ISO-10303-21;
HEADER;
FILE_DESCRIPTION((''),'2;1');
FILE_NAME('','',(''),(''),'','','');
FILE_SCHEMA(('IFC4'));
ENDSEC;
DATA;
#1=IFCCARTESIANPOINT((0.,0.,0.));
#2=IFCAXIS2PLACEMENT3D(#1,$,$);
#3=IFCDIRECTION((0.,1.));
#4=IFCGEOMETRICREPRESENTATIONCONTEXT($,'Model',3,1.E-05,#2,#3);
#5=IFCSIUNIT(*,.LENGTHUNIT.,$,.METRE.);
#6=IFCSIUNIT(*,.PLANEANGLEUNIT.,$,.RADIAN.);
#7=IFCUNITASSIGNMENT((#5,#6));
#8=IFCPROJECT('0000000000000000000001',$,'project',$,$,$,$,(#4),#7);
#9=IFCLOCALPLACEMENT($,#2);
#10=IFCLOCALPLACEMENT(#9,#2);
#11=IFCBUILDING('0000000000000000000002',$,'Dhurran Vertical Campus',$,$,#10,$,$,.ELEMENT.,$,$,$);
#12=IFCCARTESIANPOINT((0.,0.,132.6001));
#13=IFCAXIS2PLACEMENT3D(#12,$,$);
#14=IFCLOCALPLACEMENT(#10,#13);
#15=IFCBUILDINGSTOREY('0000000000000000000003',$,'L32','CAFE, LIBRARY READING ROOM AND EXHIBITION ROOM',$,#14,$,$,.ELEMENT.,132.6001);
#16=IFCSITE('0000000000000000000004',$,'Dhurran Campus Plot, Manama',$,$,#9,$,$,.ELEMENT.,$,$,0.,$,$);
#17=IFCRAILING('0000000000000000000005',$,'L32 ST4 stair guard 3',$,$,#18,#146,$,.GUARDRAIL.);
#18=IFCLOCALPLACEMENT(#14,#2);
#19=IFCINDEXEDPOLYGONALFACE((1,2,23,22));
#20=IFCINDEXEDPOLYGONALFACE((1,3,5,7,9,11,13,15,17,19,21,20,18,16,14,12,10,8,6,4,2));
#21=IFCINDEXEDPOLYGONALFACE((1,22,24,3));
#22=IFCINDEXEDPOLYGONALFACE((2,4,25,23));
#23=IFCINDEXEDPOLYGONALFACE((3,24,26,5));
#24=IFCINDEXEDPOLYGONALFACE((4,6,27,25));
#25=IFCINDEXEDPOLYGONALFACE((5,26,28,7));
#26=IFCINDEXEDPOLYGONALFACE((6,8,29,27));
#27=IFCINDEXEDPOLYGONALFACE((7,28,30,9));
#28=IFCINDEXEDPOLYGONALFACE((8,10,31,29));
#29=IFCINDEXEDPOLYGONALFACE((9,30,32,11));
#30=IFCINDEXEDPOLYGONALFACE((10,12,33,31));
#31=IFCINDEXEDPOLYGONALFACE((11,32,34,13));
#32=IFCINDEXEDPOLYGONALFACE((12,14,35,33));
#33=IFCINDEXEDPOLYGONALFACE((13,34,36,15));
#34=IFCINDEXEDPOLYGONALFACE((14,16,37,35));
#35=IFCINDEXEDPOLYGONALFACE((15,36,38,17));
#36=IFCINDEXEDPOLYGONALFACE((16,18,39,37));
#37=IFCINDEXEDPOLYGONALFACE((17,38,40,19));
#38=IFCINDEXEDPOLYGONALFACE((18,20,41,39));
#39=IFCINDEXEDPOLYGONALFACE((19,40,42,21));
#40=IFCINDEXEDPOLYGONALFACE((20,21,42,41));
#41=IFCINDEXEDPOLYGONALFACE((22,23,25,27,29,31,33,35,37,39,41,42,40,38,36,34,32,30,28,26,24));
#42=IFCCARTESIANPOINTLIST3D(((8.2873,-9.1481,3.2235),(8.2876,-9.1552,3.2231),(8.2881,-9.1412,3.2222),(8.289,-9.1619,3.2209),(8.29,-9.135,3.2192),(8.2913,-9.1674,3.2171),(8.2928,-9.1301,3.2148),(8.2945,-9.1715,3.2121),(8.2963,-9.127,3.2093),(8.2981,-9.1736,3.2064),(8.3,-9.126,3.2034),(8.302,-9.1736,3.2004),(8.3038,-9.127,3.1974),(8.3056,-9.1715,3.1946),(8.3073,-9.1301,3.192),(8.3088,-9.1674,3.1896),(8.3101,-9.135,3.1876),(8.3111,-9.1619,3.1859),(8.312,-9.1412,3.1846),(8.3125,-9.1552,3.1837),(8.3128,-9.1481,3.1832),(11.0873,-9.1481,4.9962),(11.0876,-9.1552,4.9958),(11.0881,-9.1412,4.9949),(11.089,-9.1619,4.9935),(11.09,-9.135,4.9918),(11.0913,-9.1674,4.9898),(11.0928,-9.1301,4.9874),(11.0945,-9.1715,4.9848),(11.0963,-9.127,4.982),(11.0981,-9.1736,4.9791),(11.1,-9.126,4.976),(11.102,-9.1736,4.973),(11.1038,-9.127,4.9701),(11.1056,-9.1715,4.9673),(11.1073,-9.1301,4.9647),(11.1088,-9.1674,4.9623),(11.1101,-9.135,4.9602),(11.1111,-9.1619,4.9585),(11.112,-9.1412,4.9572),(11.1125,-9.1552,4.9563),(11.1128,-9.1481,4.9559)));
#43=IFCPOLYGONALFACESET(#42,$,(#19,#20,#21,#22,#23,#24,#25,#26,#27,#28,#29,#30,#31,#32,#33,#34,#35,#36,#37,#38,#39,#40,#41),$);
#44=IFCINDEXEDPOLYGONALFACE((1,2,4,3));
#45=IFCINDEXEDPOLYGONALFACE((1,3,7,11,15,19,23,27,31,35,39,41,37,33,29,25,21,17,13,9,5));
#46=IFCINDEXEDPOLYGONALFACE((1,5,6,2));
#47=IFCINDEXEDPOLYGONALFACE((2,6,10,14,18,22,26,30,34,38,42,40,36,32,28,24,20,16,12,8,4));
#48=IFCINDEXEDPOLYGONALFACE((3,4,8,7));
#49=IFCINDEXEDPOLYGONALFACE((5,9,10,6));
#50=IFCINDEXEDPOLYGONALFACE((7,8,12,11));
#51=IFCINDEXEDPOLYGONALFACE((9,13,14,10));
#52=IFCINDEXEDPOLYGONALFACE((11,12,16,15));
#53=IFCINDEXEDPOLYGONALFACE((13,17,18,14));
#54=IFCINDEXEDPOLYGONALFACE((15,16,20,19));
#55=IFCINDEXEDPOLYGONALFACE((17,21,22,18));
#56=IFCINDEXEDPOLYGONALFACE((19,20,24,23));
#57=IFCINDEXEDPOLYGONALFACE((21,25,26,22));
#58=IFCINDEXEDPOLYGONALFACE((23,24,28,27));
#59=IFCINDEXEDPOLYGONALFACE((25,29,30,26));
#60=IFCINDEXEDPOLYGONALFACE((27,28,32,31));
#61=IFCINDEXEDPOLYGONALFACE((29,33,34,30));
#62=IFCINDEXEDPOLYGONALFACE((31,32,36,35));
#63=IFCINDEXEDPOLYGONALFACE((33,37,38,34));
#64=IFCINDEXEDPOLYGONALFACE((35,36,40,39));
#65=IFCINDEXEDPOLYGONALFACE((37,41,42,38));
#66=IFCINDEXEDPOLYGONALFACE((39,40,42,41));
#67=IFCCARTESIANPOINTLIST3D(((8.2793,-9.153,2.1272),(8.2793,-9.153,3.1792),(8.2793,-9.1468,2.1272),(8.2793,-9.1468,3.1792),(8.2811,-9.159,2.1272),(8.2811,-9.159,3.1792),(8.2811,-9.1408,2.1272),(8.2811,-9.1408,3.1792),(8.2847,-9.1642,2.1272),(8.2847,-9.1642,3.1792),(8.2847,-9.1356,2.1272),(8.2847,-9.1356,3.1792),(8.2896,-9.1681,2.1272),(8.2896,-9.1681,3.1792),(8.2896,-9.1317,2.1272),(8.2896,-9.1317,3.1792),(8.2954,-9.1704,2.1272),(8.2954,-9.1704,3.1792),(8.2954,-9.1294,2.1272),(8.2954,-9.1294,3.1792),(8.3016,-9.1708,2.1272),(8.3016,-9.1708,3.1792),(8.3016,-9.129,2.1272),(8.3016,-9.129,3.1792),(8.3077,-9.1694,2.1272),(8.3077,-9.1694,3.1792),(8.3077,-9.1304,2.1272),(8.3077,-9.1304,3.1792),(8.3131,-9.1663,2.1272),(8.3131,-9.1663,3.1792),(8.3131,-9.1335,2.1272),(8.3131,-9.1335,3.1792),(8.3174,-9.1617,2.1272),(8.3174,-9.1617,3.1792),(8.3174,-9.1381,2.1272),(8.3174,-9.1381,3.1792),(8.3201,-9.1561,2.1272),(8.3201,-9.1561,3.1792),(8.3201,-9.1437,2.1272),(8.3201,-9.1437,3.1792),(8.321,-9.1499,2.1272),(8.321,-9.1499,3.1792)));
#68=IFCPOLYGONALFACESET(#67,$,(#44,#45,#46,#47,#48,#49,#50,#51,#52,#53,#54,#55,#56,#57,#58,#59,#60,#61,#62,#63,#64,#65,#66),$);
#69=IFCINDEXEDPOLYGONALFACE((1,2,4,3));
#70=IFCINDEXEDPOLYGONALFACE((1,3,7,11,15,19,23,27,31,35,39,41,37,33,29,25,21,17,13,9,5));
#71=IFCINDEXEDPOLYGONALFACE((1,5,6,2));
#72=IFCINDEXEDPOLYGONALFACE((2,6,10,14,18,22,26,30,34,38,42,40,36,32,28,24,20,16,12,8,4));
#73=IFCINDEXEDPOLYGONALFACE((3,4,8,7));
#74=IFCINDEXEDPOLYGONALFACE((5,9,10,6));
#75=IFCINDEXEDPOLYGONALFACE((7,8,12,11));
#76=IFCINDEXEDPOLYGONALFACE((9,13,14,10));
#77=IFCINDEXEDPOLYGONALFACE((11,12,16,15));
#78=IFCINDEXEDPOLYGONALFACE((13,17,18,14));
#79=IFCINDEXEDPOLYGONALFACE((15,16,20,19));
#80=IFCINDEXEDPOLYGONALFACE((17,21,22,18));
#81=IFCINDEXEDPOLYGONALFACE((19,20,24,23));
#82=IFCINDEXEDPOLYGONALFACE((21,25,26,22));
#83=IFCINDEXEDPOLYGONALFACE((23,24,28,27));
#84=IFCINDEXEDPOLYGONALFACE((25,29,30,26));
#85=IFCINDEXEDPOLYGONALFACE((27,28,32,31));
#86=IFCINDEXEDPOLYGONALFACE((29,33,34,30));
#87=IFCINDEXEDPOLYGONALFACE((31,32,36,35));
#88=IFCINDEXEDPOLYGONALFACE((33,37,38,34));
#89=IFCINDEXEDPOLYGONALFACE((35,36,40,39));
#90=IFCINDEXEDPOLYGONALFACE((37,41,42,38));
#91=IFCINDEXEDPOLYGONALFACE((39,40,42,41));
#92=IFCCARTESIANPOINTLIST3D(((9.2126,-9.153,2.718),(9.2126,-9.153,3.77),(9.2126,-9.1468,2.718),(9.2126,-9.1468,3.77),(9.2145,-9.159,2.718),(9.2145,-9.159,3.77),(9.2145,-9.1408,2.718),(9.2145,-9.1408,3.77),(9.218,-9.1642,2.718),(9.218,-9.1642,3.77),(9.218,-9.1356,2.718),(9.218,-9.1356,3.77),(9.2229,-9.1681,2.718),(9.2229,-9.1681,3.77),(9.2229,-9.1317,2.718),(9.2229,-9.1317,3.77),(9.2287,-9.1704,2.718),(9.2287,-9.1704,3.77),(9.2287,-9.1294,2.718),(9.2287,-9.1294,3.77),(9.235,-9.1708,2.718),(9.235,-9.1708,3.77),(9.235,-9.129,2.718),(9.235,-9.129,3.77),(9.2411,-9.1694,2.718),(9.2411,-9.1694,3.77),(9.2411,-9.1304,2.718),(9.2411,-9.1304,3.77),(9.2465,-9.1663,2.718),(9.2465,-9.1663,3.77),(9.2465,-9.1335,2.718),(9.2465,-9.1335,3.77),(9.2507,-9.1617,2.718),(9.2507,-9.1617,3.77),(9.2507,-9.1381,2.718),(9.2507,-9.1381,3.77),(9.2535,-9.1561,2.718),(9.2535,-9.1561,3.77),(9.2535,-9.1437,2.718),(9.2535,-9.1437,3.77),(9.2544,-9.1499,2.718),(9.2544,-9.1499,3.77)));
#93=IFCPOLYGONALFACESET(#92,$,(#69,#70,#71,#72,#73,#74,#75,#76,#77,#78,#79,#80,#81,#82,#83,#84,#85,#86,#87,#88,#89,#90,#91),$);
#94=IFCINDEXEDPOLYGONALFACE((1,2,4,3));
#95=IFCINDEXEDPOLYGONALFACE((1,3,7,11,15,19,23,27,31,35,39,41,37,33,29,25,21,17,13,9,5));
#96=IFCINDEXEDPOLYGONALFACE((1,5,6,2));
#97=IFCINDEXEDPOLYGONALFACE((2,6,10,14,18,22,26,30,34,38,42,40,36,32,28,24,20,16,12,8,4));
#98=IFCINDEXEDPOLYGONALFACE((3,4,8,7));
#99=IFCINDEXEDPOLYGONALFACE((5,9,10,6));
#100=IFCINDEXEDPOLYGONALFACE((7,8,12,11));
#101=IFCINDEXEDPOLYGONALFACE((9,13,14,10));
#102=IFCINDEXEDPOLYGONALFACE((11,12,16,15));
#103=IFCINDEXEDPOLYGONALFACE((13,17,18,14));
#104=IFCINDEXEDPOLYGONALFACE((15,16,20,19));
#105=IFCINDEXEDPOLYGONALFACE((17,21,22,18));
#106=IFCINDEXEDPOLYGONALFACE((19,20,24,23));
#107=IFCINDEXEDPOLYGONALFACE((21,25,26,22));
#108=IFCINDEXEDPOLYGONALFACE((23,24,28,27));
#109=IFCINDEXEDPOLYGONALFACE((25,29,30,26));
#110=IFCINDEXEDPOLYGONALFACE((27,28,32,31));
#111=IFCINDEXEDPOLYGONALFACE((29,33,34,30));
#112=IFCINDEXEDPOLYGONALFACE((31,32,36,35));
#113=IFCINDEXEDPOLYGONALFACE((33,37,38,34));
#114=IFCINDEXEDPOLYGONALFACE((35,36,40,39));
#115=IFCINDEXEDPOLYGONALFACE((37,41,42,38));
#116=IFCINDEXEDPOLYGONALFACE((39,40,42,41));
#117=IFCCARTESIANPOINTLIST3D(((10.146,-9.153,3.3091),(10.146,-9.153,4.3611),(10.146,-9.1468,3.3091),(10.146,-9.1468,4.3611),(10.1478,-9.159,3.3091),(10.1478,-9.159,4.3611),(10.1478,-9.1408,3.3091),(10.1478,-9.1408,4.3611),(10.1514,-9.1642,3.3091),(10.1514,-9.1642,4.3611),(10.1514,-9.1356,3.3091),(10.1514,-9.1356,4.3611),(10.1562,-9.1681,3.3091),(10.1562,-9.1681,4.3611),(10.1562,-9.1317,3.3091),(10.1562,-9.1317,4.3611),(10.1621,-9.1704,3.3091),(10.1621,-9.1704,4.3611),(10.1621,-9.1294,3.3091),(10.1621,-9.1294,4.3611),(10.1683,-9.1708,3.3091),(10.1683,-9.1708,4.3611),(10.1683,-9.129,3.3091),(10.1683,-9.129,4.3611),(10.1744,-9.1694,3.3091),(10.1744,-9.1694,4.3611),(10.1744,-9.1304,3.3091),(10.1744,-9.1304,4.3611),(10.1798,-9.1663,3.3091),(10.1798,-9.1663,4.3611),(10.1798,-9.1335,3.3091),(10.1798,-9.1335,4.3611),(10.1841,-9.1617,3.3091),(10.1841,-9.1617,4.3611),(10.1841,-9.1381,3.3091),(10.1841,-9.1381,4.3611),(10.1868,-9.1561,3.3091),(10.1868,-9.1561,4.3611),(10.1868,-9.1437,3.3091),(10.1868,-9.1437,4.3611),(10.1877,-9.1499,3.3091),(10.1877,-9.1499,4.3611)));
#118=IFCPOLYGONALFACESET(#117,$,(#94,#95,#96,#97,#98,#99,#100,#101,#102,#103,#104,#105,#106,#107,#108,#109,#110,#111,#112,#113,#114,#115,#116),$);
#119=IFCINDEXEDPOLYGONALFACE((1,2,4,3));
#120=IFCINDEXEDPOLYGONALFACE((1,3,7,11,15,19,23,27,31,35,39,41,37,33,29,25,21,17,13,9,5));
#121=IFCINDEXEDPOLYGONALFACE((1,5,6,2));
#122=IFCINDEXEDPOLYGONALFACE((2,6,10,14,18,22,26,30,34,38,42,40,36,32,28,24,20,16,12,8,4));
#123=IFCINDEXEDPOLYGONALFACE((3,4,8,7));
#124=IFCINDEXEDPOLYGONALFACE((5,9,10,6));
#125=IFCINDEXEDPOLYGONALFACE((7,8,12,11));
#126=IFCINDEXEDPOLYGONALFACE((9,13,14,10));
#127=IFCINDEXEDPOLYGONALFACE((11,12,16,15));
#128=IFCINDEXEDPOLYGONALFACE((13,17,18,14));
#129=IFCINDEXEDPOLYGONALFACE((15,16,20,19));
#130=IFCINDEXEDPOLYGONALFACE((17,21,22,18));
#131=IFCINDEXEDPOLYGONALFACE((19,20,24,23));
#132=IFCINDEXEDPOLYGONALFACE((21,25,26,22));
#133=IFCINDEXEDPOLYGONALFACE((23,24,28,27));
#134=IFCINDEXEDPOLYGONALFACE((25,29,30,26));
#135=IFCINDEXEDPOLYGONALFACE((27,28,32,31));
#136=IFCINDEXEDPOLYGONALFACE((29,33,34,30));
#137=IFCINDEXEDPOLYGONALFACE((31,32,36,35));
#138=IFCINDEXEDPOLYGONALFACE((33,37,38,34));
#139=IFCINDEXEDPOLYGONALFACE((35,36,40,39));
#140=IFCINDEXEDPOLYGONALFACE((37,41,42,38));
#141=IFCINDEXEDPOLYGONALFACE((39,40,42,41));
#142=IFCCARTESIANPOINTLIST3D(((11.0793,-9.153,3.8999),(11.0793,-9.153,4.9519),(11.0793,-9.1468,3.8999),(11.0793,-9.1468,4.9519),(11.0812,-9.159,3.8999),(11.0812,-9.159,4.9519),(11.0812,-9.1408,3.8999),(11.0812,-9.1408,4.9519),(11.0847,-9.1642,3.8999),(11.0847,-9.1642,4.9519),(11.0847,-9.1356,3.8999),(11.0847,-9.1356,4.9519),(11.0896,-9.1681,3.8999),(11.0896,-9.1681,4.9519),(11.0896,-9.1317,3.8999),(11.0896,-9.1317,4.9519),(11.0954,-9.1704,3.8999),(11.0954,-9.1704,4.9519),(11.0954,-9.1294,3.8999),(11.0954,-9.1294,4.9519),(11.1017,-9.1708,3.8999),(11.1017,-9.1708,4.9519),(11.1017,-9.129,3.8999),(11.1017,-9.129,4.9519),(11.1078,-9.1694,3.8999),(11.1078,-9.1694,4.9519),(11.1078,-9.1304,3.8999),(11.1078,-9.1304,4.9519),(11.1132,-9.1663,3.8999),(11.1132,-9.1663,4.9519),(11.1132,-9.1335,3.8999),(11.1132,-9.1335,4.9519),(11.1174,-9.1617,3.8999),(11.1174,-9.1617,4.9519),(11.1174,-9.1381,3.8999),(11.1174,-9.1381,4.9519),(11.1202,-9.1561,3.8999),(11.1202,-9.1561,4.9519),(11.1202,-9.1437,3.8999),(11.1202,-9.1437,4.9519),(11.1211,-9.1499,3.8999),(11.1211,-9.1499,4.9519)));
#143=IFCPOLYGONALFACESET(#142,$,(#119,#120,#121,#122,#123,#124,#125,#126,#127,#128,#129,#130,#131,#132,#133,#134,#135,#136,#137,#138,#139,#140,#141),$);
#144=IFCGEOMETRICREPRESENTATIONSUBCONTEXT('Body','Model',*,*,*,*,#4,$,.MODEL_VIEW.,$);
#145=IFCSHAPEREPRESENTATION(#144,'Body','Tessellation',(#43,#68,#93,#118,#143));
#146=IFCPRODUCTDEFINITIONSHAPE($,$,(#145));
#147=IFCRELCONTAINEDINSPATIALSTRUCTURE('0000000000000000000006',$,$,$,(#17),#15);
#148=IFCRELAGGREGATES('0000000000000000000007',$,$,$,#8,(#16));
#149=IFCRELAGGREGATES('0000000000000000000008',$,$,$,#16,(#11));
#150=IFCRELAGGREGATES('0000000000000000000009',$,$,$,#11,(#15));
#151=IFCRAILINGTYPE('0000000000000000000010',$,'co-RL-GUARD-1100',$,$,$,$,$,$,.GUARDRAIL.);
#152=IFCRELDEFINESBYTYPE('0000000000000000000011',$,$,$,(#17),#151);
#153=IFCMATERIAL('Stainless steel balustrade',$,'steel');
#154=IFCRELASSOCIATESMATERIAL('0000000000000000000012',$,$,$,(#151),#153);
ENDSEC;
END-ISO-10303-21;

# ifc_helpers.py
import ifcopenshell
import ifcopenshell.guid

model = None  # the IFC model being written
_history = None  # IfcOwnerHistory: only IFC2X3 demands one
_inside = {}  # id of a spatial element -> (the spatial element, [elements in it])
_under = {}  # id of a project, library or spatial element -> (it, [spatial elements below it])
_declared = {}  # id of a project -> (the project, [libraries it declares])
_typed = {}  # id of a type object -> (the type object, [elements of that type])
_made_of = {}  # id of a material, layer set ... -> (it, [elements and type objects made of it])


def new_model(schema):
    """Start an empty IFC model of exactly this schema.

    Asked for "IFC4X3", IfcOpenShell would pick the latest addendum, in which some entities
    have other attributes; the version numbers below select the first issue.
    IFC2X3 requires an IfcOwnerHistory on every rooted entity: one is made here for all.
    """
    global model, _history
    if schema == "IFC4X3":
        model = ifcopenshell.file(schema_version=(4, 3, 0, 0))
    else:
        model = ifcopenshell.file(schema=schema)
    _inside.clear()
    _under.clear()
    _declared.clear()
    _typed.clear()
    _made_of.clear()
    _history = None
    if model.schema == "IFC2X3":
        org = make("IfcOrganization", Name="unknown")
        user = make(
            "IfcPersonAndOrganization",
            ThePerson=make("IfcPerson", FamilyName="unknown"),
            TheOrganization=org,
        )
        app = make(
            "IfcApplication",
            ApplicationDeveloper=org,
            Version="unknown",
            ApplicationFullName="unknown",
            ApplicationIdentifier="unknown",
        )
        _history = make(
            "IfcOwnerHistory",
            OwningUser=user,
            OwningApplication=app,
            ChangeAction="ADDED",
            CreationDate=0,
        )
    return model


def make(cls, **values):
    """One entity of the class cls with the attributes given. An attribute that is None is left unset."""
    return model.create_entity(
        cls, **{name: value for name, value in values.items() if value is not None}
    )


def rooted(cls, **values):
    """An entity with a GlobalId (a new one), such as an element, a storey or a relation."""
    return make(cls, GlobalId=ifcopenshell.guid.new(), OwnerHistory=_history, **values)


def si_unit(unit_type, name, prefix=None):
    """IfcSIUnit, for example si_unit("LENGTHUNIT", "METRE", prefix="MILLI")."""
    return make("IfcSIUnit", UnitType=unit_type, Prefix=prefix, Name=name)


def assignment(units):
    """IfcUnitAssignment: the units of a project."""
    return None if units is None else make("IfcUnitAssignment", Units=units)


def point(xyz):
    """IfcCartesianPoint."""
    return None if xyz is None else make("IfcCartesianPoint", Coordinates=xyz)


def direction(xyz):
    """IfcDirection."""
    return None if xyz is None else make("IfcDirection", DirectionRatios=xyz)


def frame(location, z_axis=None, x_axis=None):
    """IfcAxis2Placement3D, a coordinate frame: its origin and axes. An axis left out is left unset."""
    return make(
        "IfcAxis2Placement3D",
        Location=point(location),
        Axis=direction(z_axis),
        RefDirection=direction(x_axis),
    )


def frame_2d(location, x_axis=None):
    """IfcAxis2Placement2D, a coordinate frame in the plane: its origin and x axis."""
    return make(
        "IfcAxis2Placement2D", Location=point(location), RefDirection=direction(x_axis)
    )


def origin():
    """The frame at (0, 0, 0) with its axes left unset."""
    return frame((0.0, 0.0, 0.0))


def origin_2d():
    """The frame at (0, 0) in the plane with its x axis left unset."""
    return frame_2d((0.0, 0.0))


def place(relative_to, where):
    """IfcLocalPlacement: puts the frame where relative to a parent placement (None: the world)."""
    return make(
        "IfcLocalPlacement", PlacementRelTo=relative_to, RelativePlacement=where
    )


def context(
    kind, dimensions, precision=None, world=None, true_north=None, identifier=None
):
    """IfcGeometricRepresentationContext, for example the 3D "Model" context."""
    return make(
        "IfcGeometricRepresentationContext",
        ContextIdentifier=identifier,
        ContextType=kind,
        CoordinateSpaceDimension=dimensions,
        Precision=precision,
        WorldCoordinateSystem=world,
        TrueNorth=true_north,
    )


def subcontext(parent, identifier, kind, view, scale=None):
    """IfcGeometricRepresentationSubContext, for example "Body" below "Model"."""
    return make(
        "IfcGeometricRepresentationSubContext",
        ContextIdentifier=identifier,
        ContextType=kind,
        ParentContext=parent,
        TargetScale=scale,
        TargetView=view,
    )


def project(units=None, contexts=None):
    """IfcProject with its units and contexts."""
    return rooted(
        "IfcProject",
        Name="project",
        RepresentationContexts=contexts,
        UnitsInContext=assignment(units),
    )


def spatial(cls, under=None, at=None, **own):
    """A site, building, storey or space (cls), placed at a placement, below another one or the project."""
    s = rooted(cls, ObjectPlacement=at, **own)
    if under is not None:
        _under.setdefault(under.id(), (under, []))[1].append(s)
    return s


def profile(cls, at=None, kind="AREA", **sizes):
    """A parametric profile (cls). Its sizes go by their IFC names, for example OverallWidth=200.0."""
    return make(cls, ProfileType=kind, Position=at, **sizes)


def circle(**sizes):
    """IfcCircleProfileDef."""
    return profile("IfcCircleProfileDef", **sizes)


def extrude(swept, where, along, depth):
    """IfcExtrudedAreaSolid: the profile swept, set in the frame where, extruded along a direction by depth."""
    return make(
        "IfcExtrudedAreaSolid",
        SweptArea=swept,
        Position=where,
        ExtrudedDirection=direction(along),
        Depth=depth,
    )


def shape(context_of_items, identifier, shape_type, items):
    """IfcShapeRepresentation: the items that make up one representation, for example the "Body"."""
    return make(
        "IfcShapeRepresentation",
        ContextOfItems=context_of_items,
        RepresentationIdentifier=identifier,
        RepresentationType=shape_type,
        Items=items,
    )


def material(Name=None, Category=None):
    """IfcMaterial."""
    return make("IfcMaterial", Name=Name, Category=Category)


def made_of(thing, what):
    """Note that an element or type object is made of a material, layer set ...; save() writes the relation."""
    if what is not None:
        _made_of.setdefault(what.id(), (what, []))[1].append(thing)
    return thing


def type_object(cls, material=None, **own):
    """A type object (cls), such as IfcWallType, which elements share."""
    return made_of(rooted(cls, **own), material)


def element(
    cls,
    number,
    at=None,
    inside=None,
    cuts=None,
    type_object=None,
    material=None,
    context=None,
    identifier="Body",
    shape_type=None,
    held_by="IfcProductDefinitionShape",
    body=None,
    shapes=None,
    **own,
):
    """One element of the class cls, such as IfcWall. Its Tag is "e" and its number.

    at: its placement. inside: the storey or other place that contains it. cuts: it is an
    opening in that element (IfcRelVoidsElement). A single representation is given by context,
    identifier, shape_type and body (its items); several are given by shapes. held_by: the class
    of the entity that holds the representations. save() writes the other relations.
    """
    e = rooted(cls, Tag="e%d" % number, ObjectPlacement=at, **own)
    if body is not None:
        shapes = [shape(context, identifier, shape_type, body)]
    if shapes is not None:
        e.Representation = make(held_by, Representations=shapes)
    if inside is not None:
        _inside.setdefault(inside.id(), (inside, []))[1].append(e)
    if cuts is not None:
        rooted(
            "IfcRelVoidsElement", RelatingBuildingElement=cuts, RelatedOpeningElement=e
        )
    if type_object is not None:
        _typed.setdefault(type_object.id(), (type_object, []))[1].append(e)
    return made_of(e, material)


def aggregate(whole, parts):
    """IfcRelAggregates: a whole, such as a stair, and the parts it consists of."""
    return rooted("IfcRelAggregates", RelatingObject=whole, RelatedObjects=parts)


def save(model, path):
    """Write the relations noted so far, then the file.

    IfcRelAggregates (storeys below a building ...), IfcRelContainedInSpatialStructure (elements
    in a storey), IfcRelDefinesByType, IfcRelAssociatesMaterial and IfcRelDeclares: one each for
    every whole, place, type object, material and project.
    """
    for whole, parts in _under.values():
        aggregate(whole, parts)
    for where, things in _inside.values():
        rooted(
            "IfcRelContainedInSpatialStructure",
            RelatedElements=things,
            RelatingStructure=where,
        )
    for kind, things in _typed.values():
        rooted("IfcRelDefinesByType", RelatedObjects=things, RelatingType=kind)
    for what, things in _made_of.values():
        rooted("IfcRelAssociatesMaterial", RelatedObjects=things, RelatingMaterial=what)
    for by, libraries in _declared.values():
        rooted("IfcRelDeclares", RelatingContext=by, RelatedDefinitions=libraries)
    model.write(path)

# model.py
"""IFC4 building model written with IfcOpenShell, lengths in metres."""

from ifc_helpers import new_model, si_unit, direction, frame, origin, origin_2d, place, context, subcontext, project, spatial, circle, extrude, material, type_object, element, save


model = new_model("IFC4")

# Units and contexts
model_context = context("Model", 3, precision=1e-05, world=origin(), true_north=direction((0.0, 1.0)))
body_context = subcontext(model_context, "Body", "Model", "MODEL_VIEW")
ifc_project = project(units=[si_unit("LENGTHUNIT", "METRE"), si_unit("PLANEANGLEUNIT", "RADIAN")], contexts=[model_context])

# Site, building, storey
site_placement = place(None, origin())
site = spatial("IfcSite", under=ifc_project, at=site_placement, Name="Dhurran Campus Plot, Manama", CompositionType="ELEMENT", RefElevation=0.0)
building_placement = place(site_placement, origin())
building = spatial("IfcBuilding", under=site, at=building_placement, Name="Dhurran Vertical Campus", CompositionType="ELEMENT")
storey_placement = place(building_placement, frame((0.0, 0.0, 132.6001)))
storey = spatial("IfcBuildingStorey", under=building, at=storey_placement, Name="L32", Description="CAFE, LIBRARY READING ROOM AND EXHIBITION ROOM", CompositionType="ELEMENT", Elevation=132.6001)

# Railing
ifc_material_1 = material(Name="Stainless steel balustrade", Category="steel")
railing_type_1 = type_object("IfcRailingType", Name="co-RL-GUARD-1100", PredefinedType="GUARDRAIL", material=ifc_material_1)
railing_1_placement = place(storey_placement, frame((8.3, -9.1499, 2.1272)))
element("IfcRailing", 1, at=railing_1_placement, inside=storey, type_object=railing_type_1, Name="L32 ST4 stair guard 3", PredefinedType="GUARDRAIL", context=body_context, shape_type="SweptSolid", body=[
    extrude(circle(Radius=0.0239, at=origin_2d()), frame((0.0, 0.0, 1.0762), z_axis=(0.844909, 0.0, 0.53491), x_axis=(0.0, 1.0, 0.0)), (0.0, 0.0, 1.0), 3.314),
    extrude(circle(Radius=0.021, at=origin_2d()), origin(), (0.0, 0.0, 1.0), 1.052),
    extrude(circle(Radius=0.021, at=origin_2d()), frame((0.9333, 0.0, 0.5908)), (0.0, 0.0, 1.0), 1.052),
    extrude(circle(Radius=0.021, at=origin_2d()), frame((1.8667, 0.0, 1.1819)), (0.0, 0.0, 1.0), 1.052),
    extrude(circle(Radius=0.021, at=origin_2d()), frame((2.8, 0.0, 1.7727)), (0.0, 0.0, 1.0), 1.052),
])

save(model, "model.ifc")
